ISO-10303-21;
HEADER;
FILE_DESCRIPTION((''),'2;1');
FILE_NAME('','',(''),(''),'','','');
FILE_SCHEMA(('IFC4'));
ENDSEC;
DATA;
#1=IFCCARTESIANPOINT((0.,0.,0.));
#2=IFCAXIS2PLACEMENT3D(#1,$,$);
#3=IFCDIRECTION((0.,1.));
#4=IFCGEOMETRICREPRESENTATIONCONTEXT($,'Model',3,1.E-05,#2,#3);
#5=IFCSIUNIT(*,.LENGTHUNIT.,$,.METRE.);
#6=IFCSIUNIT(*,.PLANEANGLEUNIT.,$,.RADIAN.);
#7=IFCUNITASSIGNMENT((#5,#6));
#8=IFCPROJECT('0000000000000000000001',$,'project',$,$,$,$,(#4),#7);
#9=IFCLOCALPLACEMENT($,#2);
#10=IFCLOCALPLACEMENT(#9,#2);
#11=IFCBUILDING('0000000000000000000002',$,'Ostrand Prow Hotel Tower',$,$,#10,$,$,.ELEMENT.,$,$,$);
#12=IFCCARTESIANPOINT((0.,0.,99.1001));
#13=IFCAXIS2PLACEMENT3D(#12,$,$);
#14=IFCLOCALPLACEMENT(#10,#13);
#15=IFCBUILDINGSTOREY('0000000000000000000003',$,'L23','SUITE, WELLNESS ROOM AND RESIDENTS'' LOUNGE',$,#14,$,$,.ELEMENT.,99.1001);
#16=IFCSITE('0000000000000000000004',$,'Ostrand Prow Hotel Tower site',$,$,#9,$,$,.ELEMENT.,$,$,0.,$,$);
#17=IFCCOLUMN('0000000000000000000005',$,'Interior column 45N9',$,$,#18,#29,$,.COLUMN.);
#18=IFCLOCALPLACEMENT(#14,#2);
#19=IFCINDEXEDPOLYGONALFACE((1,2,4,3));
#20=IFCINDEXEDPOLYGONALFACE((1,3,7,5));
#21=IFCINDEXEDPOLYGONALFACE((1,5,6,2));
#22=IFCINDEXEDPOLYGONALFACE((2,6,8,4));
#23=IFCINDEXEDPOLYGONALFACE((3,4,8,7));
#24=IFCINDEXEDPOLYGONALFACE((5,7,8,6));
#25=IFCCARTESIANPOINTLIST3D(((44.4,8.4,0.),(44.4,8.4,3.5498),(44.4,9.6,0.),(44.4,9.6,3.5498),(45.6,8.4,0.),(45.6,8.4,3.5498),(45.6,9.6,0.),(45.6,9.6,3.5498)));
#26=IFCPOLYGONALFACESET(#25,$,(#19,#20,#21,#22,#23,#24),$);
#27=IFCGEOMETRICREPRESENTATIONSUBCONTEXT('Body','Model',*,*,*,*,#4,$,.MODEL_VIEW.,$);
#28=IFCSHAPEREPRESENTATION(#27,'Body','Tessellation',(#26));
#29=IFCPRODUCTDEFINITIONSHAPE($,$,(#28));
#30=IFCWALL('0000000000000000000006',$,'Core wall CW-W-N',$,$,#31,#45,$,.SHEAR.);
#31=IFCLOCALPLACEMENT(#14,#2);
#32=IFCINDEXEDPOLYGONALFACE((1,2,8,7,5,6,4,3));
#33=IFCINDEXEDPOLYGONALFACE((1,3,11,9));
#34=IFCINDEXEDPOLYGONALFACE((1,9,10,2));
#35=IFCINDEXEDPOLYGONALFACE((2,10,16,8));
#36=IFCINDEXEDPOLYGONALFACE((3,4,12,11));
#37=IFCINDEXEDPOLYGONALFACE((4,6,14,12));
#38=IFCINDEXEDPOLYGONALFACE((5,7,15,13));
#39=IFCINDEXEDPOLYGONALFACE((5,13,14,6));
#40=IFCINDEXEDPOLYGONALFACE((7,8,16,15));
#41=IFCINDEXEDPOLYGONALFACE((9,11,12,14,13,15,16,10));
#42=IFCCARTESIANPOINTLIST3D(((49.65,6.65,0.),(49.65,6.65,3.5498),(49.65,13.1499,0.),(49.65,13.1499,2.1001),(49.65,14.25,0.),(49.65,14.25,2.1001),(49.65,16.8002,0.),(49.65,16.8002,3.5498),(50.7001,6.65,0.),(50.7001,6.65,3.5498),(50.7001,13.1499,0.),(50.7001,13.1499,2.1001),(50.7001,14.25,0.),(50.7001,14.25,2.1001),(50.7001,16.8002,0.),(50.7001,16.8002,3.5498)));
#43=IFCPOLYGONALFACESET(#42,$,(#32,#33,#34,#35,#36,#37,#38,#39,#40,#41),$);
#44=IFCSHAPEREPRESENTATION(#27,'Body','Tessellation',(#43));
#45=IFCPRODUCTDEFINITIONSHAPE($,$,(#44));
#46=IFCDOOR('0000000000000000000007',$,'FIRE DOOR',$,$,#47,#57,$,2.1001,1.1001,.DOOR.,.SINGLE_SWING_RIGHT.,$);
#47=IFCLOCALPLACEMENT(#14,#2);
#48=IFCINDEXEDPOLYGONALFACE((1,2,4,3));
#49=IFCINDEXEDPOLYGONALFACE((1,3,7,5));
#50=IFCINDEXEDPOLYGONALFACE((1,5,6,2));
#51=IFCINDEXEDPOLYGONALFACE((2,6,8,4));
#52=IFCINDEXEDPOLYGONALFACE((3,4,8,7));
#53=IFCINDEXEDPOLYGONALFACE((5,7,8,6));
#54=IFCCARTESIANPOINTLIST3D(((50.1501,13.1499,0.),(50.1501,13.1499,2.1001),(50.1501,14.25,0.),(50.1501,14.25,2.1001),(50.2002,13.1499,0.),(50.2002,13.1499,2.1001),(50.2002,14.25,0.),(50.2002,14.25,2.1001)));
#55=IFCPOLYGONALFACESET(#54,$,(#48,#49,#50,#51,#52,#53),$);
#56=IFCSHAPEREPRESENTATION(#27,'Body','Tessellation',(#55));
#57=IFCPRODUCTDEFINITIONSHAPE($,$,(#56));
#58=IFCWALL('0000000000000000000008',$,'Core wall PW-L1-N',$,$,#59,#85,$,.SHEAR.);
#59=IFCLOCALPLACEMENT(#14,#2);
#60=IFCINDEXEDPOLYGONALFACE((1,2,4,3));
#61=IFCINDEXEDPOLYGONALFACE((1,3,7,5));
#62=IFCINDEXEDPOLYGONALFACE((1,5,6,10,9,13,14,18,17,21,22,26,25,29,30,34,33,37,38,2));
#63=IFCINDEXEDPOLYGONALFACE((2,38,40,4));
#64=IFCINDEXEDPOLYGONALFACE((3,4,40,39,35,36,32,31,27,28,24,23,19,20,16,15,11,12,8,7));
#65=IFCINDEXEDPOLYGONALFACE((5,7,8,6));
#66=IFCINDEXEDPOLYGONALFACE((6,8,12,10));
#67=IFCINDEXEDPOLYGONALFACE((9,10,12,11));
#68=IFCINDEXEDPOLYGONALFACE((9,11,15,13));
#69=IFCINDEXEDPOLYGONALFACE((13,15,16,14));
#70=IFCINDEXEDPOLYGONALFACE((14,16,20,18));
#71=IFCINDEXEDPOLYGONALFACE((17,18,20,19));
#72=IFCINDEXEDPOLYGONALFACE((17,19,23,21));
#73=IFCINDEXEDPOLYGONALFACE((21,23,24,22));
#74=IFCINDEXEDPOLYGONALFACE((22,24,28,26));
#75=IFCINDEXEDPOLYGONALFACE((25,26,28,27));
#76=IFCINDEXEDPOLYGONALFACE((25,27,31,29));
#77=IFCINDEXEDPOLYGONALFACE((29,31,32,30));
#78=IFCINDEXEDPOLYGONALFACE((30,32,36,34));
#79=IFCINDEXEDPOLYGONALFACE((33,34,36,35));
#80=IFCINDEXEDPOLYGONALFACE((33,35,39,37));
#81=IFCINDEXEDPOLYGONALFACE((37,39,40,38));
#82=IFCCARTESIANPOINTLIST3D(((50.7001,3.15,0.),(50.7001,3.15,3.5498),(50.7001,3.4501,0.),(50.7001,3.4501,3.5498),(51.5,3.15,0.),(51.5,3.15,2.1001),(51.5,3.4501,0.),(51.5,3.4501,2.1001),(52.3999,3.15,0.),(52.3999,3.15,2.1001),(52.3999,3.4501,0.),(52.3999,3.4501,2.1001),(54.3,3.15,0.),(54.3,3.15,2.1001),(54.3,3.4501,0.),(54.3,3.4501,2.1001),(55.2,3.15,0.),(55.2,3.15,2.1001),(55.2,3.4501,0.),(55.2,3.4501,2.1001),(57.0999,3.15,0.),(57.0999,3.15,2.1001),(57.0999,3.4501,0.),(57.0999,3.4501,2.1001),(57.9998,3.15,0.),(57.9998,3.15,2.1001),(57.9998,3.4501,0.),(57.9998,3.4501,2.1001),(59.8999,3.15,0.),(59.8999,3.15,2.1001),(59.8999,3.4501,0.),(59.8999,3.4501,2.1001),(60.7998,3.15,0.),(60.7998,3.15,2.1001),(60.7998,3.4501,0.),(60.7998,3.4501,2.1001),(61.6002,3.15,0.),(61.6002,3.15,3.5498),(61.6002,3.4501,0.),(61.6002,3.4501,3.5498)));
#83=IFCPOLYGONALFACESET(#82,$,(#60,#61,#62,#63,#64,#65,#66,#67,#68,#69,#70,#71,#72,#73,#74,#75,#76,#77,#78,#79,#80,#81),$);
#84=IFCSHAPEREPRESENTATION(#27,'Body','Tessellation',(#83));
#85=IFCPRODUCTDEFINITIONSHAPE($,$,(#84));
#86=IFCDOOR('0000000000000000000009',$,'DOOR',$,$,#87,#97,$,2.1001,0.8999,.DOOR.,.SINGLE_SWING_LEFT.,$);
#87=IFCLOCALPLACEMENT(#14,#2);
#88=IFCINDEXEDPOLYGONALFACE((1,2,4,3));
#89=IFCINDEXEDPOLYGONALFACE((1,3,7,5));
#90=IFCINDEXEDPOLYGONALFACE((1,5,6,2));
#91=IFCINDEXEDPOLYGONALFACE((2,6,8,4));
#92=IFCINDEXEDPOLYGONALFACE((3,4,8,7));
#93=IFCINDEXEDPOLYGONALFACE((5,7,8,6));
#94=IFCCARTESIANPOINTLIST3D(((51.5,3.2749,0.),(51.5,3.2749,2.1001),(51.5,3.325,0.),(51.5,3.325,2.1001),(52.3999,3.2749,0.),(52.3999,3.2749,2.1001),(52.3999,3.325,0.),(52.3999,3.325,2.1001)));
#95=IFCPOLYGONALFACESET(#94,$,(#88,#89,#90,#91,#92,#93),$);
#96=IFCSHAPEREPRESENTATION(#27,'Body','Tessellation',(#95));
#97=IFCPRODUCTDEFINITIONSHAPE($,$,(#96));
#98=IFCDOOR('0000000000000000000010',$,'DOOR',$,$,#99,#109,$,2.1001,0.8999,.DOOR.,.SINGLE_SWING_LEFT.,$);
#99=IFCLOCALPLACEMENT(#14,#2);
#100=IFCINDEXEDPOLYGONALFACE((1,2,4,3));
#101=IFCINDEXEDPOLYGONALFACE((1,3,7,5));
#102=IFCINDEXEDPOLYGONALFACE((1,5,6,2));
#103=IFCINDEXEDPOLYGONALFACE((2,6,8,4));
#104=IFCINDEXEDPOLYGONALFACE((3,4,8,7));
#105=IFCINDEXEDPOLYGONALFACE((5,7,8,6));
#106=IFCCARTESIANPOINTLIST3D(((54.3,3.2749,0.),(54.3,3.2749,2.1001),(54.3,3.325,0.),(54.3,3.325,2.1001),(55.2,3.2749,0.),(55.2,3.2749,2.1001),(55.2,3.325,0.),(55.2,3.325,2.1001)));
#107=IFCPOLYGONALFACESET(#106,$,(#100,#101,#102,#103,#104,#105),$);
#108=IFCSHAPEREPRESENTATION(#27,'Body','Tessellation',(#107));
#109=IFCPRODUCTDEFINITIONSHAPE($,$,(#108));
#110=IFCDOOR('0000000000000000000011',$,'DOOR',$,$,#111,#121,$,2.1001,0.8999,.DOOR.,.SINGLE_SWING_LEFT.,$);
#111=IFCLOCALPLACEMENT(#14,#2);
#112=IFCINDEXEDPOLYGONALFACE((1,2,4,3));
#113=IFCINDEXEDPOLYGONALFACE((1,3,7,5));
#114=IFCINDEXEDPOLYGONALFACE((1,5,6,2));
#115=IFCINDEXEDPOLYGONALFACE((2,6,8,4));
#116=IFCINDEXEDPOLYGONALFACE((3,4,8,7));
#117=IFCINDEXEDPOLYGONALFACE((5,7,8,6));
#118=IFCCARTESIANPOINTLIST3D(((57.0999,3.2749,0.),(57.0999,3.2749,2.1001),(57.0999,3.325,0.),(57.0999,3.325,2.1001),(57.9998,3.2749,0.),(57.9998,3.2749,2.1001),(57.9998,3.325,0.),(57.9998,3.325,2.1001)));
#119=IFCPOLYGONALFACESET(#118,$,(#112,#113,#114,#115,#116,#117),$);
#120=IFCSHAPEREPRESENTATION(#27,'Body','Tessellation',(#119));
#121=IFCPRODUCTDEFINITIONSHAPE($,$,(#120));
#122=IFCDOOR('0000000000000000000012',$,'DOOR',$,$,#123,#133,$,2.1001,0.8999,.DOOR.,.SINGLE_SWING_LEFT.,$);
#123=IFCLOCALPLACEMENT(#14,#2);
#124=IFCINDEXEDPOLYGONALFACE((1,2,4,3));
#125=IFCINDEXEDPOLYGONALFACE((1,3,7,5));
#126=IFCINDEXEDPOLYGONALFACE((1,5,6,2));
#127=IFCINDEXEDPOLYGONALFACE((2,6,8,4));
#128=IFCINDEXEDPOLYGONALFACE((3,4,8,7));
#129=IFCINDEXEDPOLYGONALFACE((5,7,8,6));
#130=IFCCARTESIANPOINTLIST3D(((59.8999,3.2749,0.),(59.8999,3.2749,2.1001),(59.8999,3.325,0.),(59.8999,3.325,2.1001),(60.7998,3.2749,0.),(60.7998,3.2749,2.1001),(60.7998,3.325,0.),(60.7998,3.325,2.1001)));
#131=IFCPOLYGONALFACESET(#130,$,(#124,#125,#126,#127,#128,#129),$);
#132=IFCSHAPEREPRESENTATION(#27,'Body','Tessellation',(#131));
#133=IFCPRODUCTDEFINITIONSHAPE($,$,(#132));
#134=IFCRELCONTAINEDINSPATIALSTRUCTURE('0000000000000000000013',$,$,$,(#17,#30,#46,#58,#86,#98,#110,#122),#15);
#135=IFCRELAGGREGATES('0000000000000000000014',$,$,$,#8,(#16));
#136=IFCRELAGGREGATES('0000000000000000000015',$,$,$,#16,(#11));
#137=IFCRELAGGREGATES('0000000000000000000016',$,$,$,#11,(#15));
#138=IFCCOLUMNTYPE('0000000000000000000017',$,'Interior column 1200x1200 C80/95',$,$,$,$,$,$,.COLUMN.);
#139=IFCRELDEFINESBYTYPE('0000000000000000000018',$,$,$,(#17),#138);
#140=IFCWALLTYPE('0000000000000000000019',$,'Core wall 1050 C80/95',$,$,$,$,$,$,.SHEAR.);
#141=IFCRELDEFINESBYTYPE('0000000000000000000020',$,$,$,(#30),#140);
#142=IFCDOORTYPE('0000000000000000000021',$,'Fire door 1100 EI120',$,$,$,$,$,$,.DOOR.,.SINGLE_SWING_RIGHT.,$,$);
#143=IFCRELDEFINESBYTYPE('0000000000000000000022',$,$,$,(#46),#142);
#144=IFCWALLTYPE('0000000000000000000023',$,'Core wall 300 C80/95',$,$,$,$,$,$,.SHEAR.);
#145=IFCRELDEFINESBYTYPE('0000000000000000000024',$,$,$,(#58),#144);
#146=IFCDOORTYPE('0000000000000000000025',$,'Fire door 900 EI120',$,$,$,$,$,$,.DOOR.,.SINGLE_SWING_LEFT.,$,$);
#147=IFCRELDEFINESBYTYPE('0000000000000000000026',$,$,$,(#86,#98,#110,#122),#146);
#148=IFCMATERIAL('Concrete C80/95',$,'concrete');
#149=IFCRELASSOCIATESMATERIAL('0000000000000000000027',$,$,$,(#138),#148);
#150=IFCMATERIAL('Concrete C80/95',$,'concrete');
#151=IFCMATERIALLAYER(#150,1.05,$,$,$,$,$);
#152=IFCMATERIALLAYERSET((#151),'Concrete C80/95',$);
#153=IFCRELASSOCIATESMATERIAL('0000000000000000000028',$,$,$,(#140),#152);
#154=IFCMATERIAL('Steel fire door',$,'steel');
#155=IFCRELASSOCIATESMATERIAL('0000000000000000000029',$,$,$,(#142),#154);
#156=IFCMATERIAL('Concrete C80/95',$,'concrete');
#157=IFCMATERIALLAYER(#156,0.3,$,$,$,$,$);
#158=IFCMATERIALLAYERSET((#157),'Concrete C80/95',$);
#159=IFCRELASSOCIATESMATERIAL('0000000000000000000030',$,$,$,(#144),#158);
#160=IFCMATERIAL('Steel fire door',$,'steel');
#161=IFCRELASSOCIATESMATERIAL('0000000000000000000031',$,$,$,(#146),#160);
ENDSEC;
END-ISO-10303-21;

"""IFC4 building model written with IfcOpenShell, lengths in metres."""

from ifc_helpers import new_model, si_unit, direction, frame, frame_2d, origin, origin_2d, place, context, subcontext, project, spatial, rectangle, extrude, material, layer, layer_set, material_profile, profile_set, type_object, element, fill, save


model = new_model("IFC4")

# Units and contexts
model_context = context("Model", 3, precision=1e-05, world=origin(), true_north=direction((0.0, 1.0)))
body_context = subcontext(model_context, "Body", "Model", "MODEL_VIEW")
ifc_project = project(units=[si_unit("LENGTHUNIT", "METRE"), si_unit("PLANEANGLEUNIT", "RADIAN")], contexts=[model_context])

# Site, building, storey
site_placement = place(None, origin())
site = spatial("IfcSite", under=ifc_project, at=site_placement, Name="Ostrand Prow Hotel Tower site", CompositionType="ELEMENT", RefElevation=0.0)
building_placement = place(site_placement, origin())
building = spatial("IfcBuilding", under=site, at=building_placement, Name="Ostrand Prow Hotel Tower", CompositionType="ELEMENT")
storey_placement = place(building_placement, frame((0.0, 0.0, 99.1001)))
storey = spatial("IfcBuildingStorey", under=building, at=storey_placement, Name="L23", Description="SUITE, WELLNESS ROOM AND RESIDENTS' LOUNGE", CompositionType="ELEMENT", Elevation=99.1001)

# Column
ifc_material_1 = material(Name="Concrete C80/95", Category="concrete")
ifc_material_profile = material_profile(ifc_material_1, rectangle(XDim=1.2, YDim=1.2, at=origin_2d()), Name="RC 1200x1200")
ifc_profile_set = profile_set([ifc_material_profile], Name="Concrete C80/95")
column_type = type_object("IfcColumnType", Name="Interior column 1200x1200 C80/95", PredefinedType="COLUMN", material=ifc_profile_set)
column_placement = place(storey_placement, frame((45.0, 9.0, 0.0), z_axis=(0.0, 0.0, 1.0), x_axis=(1.0, 0.0, 0.0)))
element("IfcColumn", 1, at=column_placement, inside=storey, type_object=column_type, Name="Interior column 45N9", PredefinedType="COLUMN", context=body_context, shape_type="SweptSolid", body=[
    extrude(rectangle(XDim=1.2, YDim=1.2, at=origin_2d()), origin(), (0.0, 0.0, 1.0), 3.5498),
])

# Wall, opening, door
ifc_material_2 = material(Name="Concrete C80/95", Category="concrete")
ifc_layer_1 = layer(ifc_material_2, 1.05)
ifc_layer_set_1 = layer_set([ifc_layer_1], Name="Concrete C80/95")
wall_type_1 = type_object("IfcWallType", Name="Core wall 1050 C80/95", PredefinedType="SHEAR", material=ifc_layer_set_1)
wall_1_placement = place(storey_placement, frame((50.175, 6.6499, 0.0), z_axis=(0.0, 0.0, 1.0), x_axis=(0.0, 1.0, 0.0)))
wall_1 = element("IfcWall", 2, at=wall_1_placement, inside=storey, type_object=wall_type_1, Name="Core wall CW-W-N", PredefinedType="SHEAR", context=body_context, shape_type="SweptSolid", body=[
    extrude(rectangle(XDim=10.1501, YDim=1.05, at=frame_2d((5.0752, 0.0))), origin(), (0.0, 0.0, 1.0), 3.5498),
])
opening_1_placement = place(wall_1_placement, frame((6.5, 0.0, 0.0)))
opening_1 = element("IfcOpeningElement", 3, at=opening_1_placement, cuts=wall_1, PredefinedType="OPENING", context=body_context, shape_type="SweptSolid", body=[
    extrude(rectangle(XDim=1.1001, YDim=2.1001, at=frame_2d((0.55, 1.05))), frame((0.0, 0.5349, 0.0), z_axis=(0.0, -1.0, 0.0), x_axis=(1.0, 0.0, 0.0)), (0.0, 0.0, 1.0), 1.0701),
])
ifc_material_3 = material(Name="Steel fire door", Category="steel")
door_type_1 = type_object("IfcDoorType", Name="Fire door 1100 EI120", OperationType="SINGLE_SWING_RIGHT", PredefinedType="DOOR", material=ifc_material_3)
door_1_placement = place(opening_1_placement, origin())
door_1 = element("IfcDoor", 4, at=door_1_placement, inside=storey, type_object=door_type_1, Name="FIRE DOOR", OperationType="SINGLE_SWING_RIGHT", OverallHeight=2.1001, OverallWidth=1.1001, PredefinedType="DOOR", context=body_context, shape_type="SweptSolid", body=[
    extrude(rectangle(XDim=1.1001, YDim=2.1001, at=frame_2d((0.55, 1.05))), frame((0.0, 0.0249, 0.0), z_axis=(0.0, -1.0, 0.0), x_axis=(1.0, 0.0, 0.0)), (0.0, 0.0, 1.0), 0.05),
])
fill(opening_1, door_1)

# Wall, openings, doors
ifc_material_4 = material(Name="Concrete C80/95", Category="concrete")
ifc_layer_2 = layer(ifc_material_4, 0.3)
ifc_layer_set_2 = layer_set([ifc_layer_2], Name="Concrete C80/95")
wall_type_2 = type_object("IfcWallType", Name="Core wall 300 C80/95", PredefinedType="SHEAR", material=ifc_layer_set_2)
wall_2_placement = place(storey_placement, frame((50.7, 3.3, 0.0), z_axis=(0.0, 0.0, 1.0), x_axis=(1.0, 0.0, 0.0)))
wall_2 = element("IfcWall", 5, at=wall_2_placement, inside=storey, type_object=wall_type_2, Name="Core wall PW-L1-N", PredefinedType="SHEAR", context=body_context, shape_type="SweptSolid", body=[
    extrude(rectangle(XDim=10.9001, YDim=0.3, at=frame_2d((5.4502, 0.0))), origin(), (0.0, 0.0, 1.0), 3.5498),
])
opening_2_placement = place(wall_2_placement, frame((0.8, 0.0, 0.0)))
opening_2 = element("IfcOpeningElement", 6, at=opening_2_placement, cuts=wall_2, PredefinedType="OPENING", context=body_context, shape_type="SweptSolid", body=[
    extrude(rectangle(XDim=0.8999, YDim=2.1001, at=frame_2d((0.45, 1.05))), frame((0.0, 0.1599, 0.0), z_axis=(0.0, -1.0, 0.0), x_axis=(1.0, 0.0, 0.0)), (0.0, 0.0, 1.0), 0.3201),
])
opening_3_placement = place(wall_2_placement, frame((3.6001, 0.0, 0.0)))
opening_3 = element("IfcOpeningElement", 7, at=opening_3_placement, cuts=wall_2, PredefinedType="OPENING", context=body_context, shape_type="SweptSolid", body=[
    extrude(rectangle(XDim=0.8999, YDim=2.1001, at=frame_2d((0.45, 1.05))), frame((0.0, 0.1599, 0.0), z_axis=(0.0, -1.0, 0.0), x_axis=(1.0, 0.0, 0.0)), (0.0, 0.0, 1.0), 0.3201),
])
opening_4_placement = place(wall_2_placement, frame((6.3999, 0.0, 0.0)))
opening_4 = element("IfcOpeningElement", 8, at=opening_4_placement, cuts=wall_2, PredefinedType="OPENING", context=body_context, shape_type="SweptSolid", body=[
    extrude(rectangle(XDim=0.8999, YDim=2.1001, at=frame_2d((0.45, 1.05))), frame((0.0, 0.1599, 0.0), z_axis=(0.0, -1.0, 0.0), x_axis=(1.0, 0.0, 0.0)), (0.0, 0.0, 1.0), 0.3201),
])
opening_5_placement = place(wall_2_placement, frame((9.2, 0.0, 0.0)))
opening_5 = element("IfcOpeningElement", 9, at=opening_5_placement, cuts=wall_2, PredefinedType="OPENING", context=body_context, shape_type="SweptSolid", body=[
    extrude(rectangle(XDim=0.8999, YDim=2.1001, at=frame_2d((0.45, 1.05))), frame((0.0, 0.1599, 0.0), z_axis=(0.0, -1.0, 0.0), x_axis=(1.0, 0.0, 0.0)), (0.0, 0.0, 1.0), 0.3201),
])
ifc_material_5 = material(Name="Steel fire door", Category="steel")
door_type_2 = type_object("IfcDoorType", Name="Fire door 900 EI120", OperationType="SINGLE_SWING_LEFT", PredefinedType="DOOR", material=ifc_material_5)
door_2_placement = place(opening_2_placement, origin())
door_2 = element("IfcDoor", 10, at=door_2_placement, inside=storey, type_object=door_type_2, Name="DOOR", OperationType="SINGLE_SWING_LEFT", OverallHeight=2.1001, OverallWidth=0.8999, PredefinedType="DOOR", context=body_context, shape_type="SweptSolid", body=[
    extrude(rectangle(XDim=0.8999, YDim=2.1001, at=frame_2d((0.45, 1.05))), frame((0.0, 0.0249, 0.0), z_axis=(0.0, -1.0, 0.0), x_axis=(1.0, 0.0, 0.0)), (0.0, 0.0, 1.0), 0.05),
])
fill(opening_2, door_2)
door_3_placement = place(opening_3_placement, origin())
door_3 = element("IfcDoor", 11, at=door_3_placement, inside=storey, type_object=door_type_2, Name="DOOR", OperationType="SINGLE_SWING_LEFT", OverallHeight=2.1001, OverallWidth=0.8999, PredefinedType="DOOR", context=body_context, shape_type="SweptSolid", body=[
    extrude(rectangle(XDim=0.8999, YDim=2.1001, at=frame_2d((0.45, 1.05))), frame((0.0, 0.0249, 0.0), z_axis=(0.0, -1.0, 0.0), x_axis=(1.0, 0.0, 0.0)), (0.0, 0.0, 1.0), 0.05),
])
fill(opening_3, door_3)
door_4_placement = place(opening_4_placement, origin())
door_4 = element("IfcDoor", 12, at=door_4_placement, inside=storey, type_object=door_type_2, Name="DOOR", OperationType="SINGLE_SWING_LEFT", OverallHeight=2.1001, OverallWidth=0.8999, PredefinedType="DOOR", context=body_context, shape_type="SweptSolid", body=[
    extrude(rectangle(XDim=0.8999, YDim=2.1001, at=frame_2d((0.45, 1.05))), frame((0.0, 0.0249, 0.0), z_axis=(0.0, -1.0, 0.0), x_axis=(1.0, 0.0, 0.0)), (0.0, 0.0, 1.0), 0.05),
])
fill(opening_4, door_4)
door_5_placement = place(opening_5_placement, origin())
door_5 = element("IfcDoor", 13, at=door_5_placement, inside=storey, type_object=door_type_2, Name="DOOR", OperationType="SINGLE_SWING_LEFT", OverallHeight=2.1001, OverallWidth=0.8999, PredefinedType="DOOR", context=body_context, shape_type="SweptSolid", body=[
    extrude(rectangle(XDim=0.8999, YDim=2.1001, at=frame_2d((0.45, 1.05))), frame((0.0, 0.0249, 0.0), z_axis=(0.0, -1.0, 0.0), x_axis=(1.0, 0.0, 0.0)), (0.0, 0.0, 1.0), 0.05),
])
fill(opening_5, door_5)

save(model, "model.ifc")
